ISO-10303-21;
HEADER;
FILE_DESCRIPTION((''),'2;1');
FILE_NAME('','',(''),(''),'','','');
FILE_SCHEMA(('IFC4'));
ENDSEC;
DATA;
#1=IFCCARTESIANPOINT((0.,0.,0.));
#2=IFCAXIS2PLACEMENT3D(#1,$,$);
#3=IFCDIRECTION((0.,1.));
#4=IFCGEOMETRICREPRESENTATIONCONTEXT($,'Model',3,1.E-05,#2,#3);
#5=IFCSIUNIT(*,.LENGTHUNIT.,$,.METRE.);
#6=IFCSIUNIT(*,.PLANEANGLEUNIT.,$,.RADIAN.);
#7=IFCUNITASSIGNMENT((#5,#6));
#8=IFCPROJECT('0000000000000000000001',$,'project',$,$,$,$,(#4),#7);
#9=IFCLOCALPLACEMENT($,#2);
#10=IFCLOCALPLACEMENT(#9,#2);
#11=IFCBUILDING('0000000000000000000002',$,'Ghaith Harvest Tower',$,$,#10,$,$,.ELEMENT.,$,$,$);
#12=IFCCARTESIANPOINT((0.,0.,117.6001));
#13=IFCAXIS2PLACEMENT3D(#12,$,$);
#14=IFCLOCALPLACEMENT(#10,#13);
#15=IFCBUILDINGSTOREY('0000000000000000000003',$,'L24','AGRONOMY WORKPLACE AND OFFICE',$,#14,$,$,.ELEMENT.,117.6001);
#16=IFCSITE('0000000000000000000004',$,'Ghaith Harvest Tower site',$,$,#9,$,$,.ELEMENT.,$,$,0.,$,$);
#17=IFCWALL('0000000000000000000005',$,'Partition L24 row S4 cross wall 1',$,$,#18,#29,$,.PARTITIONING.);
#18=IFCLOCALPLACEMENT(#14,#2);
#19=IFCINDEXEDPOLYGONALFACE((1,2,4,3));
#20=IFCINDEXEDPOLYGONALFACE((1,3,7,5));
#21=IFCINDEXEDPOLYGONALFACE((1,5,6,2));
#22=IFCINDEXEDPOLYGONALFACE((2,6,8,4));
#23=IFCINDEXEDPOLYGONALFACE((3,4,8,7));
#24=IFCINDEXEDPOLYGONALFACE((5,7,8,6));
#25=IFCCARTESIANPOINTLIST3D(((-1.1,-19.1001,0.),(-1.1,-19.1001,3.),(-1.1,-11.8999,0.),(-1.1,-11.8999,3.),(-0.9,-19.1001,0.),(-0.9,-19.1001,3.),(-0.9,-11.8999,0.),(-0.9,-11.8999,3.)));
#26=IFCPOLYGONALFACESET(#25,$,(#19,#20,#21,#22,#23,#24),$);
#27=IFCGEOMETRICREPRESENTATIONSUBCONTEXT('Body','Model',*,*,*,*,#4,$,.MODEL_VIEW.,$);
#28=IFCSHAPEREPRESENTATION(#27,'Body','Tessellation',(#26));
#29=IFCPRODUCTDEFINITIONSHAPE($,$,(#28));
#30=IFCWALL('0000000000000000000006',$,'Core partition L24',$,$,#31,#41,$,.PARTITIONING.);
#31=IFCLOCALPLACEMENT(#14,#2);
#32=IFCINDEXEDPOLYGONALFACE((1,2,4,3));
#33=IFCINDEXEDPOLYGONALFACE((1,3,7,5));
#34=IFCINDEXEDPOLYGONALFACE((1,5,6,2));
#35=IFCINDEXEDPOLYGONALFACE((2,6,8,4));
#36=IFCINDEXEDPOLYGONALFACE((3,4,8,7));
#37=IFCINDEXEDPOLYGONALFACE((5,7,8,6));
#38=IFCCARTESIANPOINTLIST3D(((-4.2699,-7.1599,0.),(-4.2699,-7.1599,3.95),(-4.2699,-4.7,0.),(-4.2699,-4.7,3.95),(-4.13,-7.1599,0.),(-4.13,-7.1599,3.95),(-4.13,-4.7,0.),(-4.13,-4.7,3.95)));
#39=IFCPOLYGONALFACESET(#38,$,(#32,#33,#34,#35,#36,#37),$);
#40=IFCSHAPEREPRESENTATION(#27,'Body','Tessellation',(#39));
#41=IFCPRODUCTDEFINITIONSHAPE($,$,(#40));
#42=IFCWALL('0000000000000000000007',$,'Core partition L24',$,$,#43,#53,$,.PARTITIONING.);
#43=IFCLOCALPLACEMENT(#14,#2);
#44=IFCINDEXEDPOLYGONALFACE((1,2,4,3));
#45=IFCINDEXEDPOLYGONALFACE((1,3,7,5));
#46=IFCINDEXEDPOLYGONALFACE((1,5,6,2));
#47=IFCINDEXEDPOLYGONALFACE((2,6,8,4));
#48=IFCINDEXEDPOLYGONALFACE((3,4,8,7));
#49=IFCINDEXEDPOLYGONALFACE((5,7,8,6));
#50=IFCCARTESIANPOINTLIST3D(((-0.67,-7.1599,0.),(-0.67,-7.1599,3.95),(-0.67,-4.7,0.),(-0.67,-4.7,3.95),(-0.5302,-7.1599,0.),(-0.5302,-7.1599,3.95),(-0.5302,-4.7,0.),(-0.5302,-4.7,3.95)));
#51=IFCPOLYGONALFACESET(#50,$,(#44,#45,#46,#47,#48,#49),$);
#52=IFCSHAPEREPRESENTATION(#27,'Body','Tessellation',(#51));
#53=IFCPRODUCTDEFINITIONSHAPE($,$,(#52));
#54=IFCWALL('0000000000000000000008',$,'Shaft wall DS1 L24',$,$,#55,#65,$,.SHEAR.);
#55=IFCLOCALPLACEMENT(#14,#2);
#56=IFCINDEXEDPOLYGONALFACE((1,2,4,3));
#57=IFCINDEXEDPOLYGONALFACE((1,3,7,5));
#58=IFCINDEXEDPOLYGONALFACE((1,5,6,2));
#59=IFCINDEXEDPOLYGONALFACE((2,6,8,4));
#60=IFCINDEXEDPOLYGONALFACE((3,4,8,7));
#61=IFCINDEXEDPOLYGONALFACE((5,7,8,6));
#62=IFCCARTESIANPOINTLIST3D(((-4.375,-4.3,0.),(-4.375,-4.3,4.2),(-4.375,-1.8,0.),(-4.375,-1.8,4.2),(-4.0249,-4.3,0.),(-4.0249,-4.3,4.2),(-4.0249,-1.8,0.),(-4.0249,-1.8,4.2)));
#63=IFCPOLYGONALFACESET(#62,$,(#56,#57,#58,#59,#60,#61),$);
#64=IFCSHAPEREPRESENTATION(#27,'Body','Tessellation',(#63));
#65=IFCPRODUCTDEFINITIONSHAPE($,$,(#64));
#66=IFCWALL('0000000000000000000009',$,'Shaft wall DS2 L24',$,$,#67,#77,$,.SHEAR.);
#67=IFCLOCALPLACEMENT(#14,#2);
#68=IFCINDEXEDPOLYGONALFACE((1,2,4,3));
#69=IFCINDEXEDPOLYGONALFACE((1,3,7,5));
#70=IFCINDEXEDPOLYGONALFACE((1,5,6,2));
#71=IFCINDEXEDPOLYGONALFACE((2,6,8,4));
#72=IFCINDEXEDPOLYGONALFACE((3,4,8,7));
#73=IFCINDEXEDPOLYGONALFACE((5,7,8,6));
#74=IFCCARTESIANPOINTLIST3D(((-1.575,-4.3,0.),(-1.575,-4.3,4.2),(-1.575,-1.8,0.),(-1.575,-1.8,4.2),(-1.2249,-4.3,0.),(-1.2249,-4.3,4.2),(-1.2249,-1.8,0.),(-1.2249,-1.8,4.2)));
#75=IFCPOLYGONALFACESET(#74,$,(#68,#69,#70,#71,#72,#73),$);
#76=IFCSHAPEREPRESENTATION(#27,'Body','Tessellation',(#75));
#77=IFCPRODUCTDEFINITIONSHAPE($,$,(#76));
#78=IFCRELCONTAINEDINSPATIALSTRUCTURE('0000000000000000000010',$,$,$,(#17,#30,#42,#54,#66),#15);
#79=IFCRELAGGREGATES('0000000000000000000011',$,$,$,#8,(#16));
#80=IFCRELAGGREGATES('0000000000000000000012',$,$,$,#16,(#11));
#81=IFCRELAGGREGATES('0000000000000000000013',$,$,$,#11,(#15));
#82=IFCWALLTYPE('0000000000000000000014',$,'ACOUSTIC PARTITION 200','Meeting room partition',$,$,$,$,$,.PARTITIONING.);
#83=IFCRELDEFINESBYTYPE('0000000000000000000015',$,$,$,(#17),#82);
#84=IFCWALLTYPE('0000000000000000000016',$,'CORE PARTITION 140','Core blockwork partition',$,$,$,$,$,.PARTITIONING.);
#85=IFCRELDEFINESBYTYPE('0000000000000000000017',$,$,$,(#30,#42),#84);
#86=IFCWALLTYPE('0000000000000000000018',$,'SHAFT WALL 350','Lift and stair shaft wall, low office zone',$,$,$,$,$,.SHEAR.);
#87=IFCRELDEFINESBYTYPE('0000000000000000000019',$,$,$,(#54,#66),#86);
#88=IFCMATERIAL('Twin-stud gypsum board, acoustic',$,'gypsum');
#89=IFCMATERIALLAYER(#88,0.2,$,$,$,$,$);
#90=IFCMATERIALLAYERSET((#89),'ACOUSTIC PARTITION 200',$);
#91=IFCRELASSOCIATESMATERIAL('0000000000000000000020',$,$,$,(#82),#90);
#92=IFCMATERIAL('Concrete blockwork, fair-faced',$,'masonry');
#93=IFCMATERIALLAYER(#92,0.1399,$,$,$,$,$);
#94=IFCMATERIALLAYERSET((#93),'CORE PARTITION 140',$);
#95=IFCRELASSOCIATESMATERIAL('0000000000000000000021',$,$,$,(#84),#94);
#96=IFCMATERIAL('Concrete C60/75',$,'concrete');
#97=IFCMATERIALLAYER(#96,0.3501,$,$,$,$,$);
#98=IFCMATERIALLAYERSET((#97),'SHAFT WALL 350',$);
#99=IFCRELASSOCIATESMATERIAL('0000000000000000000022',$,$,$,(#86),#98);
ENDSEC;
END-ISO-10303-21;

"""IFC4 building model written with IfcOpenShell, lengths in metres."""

from ifc_helpers import new_model, si_unit, direction, frame, frame_2d, origin, place, context, subcontext, project, spatial, rectangle, extrude, material, layer, layer_set, type_object, element, save


model = new_model("IFC4")

# Units and contexts
model_context = context("Model", 3, precision=1e-05, world=origin(), true_north=direction((0.0, 1.0)))
body_context = subcontext(model_context, "Body", "Model", "MODEL_VIEW")
ifc_project = project(units=[si_unit("LENGTHUNIT", "METRE"), si_unit("PLANEANGLEUNIT", "RADIAN")], contexts=[model_context])

# Site, building, storey
site_placement = place(None, origin())
site = spatial("IfcSite", under=ifc_project, at=site_placement, Name="Ghaith Harvest Tower site", CompositionType="ELEMENT", RefElevation=0.0)
building_placement = place(site_placement, origin())
building = spatial("IfcBuilding", under=site, at=building_placement, Name="Ghaith Harvest Tower", CompositionType="ELEMENT")
storey_placement = place(building_placement, frame((0.0, 0.0, 117.6001)))
storey = spatial("IfcBuildingStorey", under=building, at=storey_placement, Name="L24", Description="AGRONOMY WORKPLACE AND OFFICE", CompositionType="ELEMENT", Elevation=117.6001)

# Walls
ifc_material_1 = material(Name="Twin-stud gypsum board, acoustic", Category="gypsum")
ifc_layer_1 = layer(ifc_material_1, 0.2)
ifc_layer_set_1 = layer_set([ifc_layer_1], Name="ACOUSTIC PARTITION 200")
wall_type_1 = type_object("IfcWallType", Name="ACOUSTIC PARTITION 200", Description="Meeting room partition", PredefinedType="PARTITIONING", material=ifc_layer_set_1)
wall_1_placement = place(storey_placement, frame((-1.0, -11.8999, 0.0), z_axis=(0.0, 0.0, 1.0), x_axis=(0.0, -1.0, 0.0)))
element("IfcWall", 1, at=wall_1_placement, inside=storey, type_object=wall_type_1, Name="Partition L24 row S4 cross wall 1", PredefinedType="PARTITIONING", context=body_context, shape_type="SweptSolid", body=[
    extrude(rectangle(XDim=7.2002, YDim=0.2, at=frame_2d((3.6001, 0.0))), origin(), (0.0, 0.0, 1.0), 3.0),
])
ifc_material_2 = material(Name="Concrete blockwork, fair-faced", Category="masonry")
ifc_layer_2 = layer(ifc_material_2, 0.1399)
ifc_layer_set_2 = layer_set([ifc_layer_2], Name="CORE PARTITION 140")
wall_type_2 = type_object("IfcWallType", Name="CORE PARTITION 140", Description="Core blockwork partition", PredefinedType="PARTITIONING", material=ifc_layer_set_2)
for number, where, z_axis, x_axis, name in (
    (2, (-4.2, -4.7, 0.0), (0.0, 0.0, 1.0), (0.0, -1.0, 0.0), "Core partition L24"),
    (3, (-0.6001, -4.7, 0.0), (0.0, 0.0, 1.0), (0.0, -1.0, 0.0), "Core partition L24"),
):
    element("IfcWall", number, at=place(storey_placement, frame(where, z_axis=z_axis, x_axis=x_axis)), inside=storey, type_object=wall_type_2, Name=name, PredefinedType="PARTITIONING", context=body_context, shape_type="SweptSolid", body=[
        extrude(rectangle(XDim=2.46, YDim=0.1399, at=frame_2d((1.23, 0.0))), origin(), (0.0, 0.0, 1.0), 3.95),
    ])

# Shared definitions
ifc_material_3 = material(Name="Concrete C60/75", Category="concrete")
ifc_layer_3 = layer(ifc_material_3, 0.3501)
ifc_layer_set_3 = layer_set([ifc_layer_3], Name="SHAFT WALL 350")
wall_type_3 = type_object("IfcWallType", Name="SHAFT WALL 350", Description="Lift and stair shaft wall, low office zone", PredefinedType="SHEAR", material=ifc_layer_set_3)

# Walls
for number, where, z_axis, x_axis, name in (
    (4, (-4.2, -4.3, 0.0), (0.0, 0.0, 1.0), (0.0, 1.0, 0.0), "Shaft wall DS1 L24"),
    (5, (-1.3999, -4.3, 0.0), (0.0, 0.0, 1.0), (0.0, 1.0, 0.0), "Shaft wall DS2 L24"),
):
    element("IfcWall", number, at=place(storey_placement, frame(where, z_axis=z_axis, x_axis=x_axis)), inside=storey, type_object=wall_type_3, Name=name, PredefinedType="SHEAR", context=body_context, shape_type="SweptSolid", body=[
        extrude(rectangle(XDim=2.5, YDim=0.3501, at=frame_2d((1.25, 0.0))), origin(), (0.0, 0.0, 1.0), 4.2),
    ])

save(model, "model.ifc")
